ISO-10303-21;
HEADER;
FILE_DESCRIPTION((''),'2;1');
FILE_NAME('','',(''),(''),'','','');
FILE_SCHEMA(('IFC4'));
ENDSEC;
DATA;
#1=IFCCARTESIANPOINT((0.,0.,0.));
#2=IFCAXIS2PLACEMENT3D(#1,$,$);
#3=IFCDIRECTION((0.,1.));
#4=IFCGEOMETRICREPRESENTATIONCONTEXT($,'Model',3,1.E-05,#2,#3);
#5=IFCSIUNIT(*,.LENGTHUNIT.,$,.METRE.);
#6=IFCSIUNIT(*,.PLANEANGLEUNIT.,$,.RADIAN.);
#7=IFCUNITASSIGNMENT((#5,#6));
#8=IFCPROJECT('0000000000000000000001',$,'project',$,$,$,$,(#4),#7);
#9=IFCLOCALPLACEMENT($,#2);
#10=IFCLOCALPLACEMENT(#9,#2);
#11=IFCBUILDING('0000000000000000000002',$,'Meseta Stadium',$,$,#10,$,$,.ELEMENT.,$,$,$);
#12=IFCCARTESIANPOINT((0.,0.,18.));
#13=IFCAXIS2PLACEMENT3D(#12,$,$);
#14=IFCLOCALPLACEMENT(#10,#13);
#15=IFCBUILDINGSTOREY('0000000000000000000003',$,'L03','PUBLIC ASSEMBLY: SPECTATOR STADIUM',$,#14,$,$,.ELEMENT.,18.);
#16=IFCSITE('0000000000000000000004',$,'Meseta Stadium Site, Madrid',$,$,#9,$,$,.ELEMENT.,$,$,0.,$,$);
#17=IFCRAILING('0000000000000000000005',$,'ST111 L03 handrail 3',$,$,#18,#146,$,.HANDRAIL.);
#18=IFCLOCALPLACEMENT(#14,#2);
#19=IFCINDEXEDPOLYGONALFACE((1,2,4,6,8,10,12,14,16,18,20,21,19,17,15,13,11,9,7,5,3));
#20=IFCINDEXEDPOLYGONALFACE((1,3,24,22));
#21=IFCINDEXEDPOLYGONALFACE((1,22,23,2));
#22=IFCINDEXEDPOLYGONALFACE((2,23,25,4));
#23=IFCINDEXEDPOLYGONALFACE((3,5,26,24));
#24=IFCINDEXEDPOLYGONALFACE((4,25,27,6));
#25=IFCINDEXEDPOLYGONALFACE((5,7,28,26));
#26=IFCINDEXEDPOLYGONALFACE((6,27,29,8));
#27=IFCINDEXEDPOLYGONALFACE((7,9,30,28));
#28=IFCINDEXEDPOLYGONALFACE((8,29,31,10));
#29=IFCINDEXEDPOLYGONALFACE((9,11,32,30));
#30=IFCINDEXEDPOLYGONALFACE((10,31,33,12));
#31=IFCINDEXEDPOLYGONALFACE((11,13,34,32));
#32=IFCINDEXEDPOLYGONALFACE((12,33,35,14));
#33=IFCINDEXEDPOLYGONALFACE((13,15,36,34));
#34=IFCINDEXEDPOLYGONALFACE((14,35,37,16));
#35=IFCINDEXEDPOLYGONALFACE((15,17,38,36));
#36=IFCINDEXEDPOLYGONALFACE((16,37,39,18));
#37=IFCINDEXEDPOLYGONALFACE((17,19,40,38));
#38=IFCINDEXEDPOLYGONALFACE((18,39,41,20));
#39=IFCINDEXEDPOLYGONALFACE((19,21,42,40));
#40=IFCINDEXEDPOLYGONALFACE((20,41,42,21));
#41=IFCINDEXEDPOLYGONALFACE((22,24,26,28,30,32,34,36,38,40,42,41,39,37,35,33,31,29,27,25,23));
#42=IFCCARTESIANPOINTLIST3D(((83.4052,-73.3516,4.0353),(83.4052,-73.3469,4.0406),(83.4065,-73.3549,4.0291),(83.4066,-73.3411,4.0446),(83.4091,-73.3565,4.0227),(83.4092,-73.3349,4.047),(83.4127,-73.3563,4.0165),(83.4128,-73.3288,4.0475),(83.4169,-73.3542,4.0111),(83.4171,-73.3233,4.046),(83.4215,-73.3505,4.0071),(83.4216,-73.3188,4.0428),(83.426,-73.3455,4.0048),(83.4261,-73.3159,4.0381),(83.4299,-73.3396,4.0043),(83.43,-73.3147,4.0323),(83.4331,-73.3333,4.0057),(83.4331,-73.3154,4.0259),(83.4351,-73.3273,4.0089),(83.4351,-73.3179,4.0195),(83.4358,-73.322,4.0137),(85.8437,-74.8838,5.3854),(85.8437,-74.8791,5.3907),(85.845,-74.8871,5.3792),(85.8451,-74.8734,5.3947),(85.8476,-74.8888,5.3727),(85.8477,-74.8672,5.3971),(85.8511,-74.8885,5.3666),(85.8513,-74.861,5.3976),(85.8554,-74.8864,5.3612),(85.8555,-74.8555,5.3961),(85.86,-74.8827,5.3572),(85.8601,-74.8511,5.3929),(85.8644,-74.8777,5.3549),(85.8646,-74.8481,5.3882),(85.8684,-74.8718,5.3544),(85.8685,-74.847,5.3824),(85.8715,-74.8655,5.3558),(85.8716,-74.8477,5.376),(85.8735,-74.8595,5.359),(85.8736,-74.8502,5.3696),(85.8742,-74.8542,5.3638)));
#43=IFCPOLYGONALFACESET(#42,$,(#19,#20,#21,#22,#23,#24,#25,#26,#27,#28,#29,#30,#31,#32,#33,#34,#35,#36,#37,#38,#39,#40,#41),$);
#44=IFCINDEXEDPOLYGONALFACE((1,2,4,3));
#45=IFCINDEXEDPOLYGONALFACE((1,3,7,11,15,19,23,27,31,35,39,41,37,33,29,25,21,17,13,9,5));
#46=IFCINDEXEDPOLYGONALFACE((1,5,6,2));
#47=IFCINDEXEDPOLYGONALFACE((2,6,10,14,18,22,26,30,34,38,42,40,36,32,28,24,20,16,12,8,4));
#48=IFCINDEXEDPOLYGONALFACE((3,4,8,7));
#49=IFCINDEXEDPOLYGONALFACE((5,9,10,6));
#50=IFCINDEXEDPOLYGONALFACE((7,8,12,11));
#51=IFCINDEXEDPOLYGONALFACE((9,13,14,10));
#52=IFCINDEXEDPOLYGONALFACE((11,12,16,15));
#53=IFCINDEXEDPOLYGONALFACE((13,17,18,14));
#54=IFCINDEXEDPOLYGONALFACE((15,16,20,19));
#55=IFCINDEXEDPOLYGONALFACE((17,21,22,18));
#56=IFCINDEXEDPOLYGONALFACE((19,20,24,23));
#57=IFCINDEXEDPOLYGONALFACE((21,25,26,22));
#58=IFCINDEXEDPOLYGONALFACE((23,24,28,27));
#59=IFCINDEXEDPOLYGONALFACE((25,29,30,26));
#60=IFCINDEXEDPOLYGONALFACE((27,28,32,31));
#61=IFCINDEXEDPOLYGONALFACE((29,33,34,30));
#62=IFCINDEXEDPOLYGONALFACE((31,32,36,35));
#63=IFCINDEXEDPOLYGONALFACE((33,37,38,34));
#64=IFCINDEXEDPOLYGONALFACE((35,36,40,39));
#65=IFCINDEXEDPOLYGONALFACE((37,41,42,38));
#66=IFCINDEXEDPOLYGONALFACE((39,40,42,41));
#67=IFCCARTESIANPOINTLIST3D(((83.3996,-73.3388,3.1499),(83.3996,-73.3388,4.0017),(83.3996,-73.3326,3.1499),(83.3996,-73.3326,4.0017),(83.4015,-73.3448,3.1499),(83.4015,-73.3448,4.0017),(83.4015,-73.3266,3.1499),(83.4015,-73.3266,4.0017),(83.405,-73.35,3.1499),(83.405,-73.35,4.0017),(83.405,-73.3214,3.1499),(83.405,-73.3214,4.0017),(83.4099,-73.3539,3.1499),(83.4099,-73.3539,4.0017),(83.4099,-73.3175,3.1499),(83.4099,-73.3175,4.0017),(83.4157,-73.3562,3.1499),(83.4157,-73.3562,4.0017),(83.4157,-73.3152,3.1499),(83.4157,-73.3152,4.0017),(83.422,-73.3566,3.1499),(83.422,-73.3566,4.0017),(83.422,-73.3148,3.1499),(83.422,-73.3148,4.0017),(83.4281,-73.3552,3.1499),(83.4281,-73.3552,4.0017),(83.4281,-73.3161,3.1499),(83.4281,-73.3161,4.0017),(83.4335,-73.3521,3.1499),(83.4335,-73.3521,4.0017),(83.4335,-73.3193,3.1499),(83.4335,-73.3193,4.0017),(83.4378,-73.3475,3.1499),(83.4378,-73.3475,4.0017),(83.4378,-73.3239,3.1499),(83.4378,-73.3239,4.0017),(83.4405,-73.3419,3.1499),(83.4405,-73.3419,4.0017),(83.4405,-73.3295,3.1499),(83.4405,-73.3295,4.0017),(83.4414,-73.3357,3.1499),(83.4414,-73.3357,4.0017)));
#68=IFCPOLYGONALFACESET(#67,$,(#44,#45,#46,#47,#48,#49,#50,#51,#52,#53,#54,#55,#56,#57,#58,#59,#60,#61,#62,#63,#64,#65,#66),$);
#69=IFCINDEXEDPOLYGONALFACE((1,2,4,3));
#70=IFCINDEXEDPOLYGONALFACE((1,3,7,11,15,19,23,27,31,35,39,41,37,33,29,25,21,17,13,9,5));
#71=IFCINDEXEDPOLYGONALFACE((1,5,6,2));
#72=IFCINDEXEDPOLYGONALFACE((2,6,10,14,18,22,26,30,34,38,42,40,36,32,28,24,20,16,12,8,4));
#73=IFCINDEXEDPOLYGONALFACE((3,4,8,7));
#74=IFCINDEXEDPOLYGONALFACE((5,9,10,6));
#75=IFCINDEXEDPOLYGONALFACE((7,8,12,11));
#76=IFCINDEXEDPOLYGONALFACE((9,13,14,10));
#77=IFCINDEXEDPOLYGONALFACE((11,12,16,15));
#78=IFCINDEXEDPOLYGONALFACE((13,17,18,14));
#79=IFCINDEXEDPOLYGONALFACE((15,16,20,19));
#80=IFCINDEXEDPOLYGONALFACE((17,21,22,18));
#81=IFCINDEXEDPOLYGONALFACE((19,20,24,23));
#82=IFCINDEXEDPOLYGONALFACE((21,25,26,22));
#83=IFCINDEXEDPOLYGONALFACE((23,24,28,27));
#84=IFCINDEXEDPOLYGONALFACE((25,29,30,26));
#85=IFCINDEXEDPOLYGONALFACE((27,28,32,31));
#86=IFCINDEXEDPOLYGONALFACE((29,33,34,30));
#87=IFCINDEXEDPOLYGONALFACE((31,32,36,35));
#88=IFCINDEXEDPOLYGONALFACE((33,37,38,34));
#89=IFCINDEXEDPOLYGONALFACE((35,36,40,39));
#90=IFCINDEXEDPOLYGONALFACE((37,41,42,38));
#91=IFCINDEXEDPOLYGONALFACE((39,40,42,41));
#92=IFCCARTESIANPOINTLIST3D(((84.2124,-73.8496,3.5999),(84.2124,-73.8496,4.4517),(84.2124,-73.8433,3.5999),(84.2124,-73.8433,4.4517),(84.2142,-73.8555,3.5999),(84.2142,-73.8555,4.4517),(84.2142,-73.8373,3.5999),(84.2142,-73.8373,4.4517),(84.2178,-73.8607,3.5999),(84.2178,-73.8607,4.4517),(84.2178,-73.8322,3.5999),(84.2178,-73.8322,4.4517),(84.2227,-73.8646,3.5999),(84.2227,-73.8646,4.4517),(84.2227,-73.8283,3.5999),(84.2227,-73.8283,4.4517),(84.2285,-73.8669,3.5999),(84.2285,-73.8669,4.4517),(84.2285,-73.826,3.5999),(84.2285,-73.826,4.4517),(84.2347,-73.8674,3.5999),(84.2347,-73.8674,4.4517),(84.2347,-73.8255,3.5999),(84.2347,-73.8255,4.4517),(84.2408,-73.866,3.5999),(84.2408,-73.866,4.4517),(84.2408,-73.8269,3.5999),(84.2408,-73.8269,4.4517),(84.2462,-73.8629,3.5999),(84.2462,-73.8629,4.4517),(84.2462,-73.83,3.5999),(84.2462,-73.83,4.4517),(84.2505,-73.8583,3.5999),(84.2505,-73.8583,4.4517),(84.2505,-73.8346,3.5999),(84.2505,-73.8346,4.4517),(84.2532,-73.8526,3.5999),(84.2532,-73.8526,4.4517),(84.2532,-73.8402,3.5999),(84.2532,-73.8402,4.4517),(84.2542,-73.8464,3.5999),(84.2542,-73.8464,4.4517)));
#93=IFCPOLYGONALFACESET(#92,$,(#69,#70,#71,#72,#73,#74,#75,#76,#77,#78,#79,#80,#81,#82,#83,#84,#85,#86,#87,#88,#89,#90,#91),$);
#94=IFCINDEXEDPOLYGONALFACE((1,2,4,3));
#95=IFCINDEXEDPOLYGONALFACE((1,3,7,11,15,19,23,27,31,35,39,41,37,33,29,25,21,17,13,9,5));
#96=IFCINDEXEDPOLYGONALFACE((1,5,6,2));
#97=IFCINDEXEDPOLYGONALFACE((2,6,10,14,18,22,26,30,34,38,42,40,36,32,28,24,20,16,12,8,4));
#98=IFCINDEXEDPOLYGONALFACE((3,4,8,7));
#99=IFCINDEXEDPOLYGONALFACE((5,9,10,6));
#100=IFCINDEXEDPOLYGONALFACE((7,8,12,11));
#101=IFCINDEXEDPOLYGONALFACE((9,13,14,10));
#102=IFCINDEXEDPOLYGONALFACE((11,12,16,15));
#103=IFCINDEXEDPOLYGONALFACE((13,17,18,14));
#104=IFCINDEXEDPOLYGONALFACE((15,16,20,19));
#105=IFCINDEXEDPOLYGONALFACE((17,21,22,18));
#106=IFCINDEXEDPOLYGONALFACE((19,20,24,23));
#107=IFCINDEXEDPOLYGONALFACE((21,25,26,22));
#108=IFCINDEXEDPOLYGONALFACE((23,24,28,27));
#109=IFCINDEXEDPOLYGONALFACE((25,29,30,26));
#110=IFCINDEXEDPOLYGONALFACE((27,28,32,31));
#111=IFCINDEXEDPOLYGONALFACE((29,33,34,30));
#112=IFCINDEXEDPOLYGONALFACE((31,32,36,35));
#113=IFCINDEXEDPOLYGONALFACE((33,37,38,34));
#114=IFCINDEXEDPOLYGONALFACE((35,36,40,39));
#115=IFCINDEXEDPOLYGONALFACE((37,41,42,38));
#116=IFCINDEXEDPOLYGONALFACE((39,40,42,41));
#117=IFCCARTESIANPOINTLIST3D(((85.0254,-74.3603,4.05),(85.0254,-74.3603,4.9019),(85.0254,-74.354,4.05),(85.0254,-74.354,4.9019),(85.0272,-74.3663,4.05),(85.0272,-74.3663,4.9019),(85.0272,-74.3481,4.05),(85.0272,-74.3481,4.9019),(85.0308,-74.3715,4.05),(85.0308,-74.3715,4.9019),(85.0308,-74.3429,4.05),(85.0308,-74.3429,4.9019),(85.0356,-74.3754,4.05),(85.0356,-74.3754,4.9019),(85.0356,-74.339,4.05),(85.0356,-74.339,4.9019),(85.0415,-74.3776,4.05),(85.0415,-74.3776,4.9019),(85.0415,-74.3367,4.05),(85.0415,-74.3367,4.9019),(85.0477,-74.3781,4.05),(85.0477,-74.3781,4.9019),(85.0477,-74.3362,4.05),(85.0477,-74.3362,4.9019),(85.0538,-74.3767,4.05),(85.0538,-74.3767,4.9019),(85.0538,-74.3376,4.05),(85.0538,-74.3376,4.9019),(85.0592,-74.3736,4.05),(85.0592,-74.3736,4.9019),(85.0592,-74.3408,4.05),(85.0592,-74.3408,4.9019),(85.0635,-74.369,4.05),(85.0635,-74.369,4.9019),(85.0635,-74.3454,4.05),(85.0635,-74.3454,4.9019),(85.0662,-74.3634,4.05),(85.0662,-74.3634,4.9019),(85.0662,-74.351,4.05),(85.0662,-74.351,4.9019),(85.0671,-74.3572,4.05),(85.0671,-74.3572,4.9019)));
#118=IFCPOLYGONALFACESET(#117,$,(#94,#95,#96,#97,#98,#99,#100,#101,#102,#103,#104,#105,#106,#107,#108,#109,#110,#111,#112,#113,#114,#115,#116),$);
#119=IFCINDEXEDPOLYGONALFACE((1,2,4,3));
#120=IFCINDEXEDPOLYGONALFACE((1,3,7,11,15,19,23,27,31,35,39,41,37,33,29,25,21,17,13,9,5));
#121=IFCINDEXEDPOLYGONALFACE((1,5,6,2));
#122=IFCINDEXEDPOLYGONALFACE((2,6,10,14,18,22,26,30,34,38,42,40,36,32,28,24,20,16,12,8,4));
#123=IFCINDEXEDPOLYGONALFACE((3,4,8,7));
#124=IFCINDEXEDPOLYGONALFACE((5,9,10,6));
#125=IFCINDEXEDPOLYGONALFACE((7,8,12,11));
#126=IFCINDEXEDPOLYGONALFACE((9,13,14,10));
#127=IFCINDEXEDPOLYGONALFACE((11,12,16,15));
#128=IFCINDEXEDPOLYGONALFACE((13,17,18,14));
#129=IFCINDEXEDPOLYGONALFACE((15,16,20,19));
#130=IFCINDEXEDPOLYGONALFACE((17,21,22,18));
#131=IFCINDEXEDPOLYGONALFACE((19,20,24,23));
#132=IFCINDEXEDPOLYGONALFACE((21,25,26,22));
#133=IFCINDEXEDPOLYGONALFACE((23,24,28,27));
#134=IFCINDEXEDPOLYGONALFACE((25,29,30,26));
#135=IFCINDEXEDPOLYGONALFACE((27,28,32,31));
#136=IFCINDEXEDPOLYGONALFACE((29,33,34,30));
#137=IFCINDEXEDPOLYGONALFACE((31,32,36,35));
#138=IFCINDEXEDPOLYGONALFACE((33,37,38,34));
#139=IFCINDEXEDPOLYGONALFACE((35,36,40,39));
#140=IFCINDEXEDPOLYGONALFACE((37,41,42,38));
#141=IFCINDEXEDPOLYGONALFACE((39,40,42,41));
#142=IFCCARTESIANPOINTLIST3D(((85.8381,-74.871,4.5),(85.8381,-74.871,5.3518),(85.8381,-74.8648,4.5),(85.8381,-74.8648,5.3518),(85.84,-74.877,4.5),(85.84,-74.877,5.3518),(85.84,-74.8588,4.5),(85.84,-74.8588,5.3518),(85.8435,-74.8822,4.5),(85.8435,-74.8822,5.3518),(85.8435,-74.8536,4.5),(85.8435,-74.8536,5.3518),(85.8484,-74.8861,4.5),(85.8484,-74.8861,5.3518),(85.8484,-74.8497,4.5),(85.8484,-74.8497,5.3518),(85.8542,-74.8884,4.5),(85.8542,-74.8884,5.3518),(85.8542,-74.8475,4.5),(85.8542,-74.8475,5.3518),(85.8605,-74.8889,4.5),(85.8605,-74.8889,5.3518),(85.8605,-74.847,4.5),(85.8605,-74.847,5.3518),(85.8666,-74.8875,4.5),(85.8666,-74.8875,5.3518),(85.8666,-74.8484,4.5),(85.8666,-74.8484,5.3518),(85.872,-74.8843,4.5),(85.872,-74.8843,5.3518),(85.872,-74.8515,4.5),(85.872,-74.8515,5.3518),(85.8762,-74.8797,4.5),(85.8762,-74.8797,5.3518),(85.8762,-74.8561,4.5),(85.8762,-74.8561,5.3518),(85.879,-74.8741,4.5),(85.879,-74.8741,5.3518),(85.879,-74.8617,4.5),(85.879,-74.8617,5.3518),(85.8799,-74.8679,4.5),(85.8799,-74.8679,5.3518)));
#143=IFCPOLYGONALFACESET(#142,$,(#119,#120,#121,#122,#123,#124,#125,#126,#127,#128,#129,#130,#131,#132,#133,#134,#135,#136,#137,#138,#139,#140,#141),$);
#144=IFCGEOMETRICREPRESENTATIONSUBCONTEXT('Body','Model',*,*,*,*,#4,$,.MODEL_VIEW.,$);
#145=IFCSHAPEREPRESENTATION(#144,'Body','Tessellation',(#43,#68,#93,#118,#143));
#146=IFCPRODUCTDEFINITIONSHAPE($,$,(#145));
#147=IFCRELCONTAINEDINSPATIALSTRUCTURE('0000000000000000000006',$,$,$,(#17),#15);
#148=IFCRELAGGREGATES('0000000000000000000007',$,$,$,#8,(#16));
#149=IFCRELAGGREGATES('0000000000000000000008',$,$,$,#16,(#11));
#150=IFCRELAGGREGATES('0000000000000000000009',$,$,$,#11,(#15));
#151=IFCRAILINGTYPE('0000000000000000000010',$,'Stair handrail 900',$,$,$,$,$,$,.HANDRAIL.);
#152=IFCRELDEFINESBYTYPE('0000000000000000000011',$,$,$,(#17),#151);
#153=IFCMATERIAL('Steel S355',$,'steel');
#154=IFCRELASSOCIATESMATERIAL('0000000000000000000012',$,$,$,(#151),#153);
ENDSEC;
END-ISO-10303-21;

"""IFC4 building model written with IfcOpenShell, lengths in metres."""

from ifc_helpers import new_model, si_unit, direction, frame, origin, origin_2d, place, context, subcontext, project, spatial, circle, extrude, material, type_object, element, save


model = new_model("IFC4")

# Units and contexts
model_context = context("Model", 3, precision=1e-05, world=origin(), true_north=direction((0.0, 1.0)))
body_context = subcontext(model_context, "Body", "Model", "MODEL_VIEW")
ifc_project = project(units=[si_unit("LENGTHUNIT", "METRE"), si_unit("PLANEANGLEUNIT", "RADIAN")], contexts=[model_context])

# Site, building, storey
site_placement = place(None, origin())
site = spatial("IfcSite", under=ifc_project, at=site_placement, Name="Meseta Stadium Site, Madrid", CompositionType="ELEMENT", RefElevation=0.0)
building_placement = place(site_placement, origin())
building = spatial("IfcBuilding", under=site, at=building_placement, Name="Meseta Stadium", CompositionType="ELEMENT")
storey_placement = place(building_placement, frame((0.0, 0.0, 18.0)))
storey = spatial("IfcBuildingStorey", under=building, at=storey_placement, Name="L03", Description="PUBLIC ASSEMBLY: SPECTATOR STADIUM", CompositionType="ELEMENT", Elevation=18.0)

# Railing
ifc_material_1 = material(Name="Steel S355", Category="steel")
railing_type_1 = type_object("IfcRailingType", Name="Stair handrail 900", PredefinedType="HANDRAIL", material=ifc_material_1)
for number, where, name in (
    (1, (83.4204, -73.3357, 3.1499), "ST111 L03 handrail 3"),
):
    element("IfcRailing", number, at=place(storey_placement, frame(where)), inside=storey, type_object=railing_type_1, Name=name, PredefinedType="HANDRAIL", context=body_context, shape_type="SweptSolid", body=[
        extrude(circle(Radius=0.0239, at=origin_2d()), frame((0.0, 0.0, 0.876), z_axis=(0.766655, -0.481731, 0.42447), x_axis=(0.53204, 0.846719, 0.0)), (0.0, 0.0, 1.0), 3.1807),
        extrude(circle(Radius=0.021, at=origin_2d()), origin(), (0.0, 0.0, 1.0), 0.8518),
        extrude(circle(Radius=0.021, at=origin_2d()), frame((0.8127, -0.5107, 0.45)), (0.0, 0.0, 1.0), 0.8518),
        extrude(circle(Radius=0.021, at=origin_2d()), frame((1.6257, -1.0215, 0.9001)), (0.0, 0.0, 1.0), 0.8518),
        extrude(circle(Radius=0.021, at=origin_2d()), frame((2.4385, -1.5322, 1.3501)), (0.0, 0.0, 1.0), 0.8518),
    ])

save(model, "model.ifc")
